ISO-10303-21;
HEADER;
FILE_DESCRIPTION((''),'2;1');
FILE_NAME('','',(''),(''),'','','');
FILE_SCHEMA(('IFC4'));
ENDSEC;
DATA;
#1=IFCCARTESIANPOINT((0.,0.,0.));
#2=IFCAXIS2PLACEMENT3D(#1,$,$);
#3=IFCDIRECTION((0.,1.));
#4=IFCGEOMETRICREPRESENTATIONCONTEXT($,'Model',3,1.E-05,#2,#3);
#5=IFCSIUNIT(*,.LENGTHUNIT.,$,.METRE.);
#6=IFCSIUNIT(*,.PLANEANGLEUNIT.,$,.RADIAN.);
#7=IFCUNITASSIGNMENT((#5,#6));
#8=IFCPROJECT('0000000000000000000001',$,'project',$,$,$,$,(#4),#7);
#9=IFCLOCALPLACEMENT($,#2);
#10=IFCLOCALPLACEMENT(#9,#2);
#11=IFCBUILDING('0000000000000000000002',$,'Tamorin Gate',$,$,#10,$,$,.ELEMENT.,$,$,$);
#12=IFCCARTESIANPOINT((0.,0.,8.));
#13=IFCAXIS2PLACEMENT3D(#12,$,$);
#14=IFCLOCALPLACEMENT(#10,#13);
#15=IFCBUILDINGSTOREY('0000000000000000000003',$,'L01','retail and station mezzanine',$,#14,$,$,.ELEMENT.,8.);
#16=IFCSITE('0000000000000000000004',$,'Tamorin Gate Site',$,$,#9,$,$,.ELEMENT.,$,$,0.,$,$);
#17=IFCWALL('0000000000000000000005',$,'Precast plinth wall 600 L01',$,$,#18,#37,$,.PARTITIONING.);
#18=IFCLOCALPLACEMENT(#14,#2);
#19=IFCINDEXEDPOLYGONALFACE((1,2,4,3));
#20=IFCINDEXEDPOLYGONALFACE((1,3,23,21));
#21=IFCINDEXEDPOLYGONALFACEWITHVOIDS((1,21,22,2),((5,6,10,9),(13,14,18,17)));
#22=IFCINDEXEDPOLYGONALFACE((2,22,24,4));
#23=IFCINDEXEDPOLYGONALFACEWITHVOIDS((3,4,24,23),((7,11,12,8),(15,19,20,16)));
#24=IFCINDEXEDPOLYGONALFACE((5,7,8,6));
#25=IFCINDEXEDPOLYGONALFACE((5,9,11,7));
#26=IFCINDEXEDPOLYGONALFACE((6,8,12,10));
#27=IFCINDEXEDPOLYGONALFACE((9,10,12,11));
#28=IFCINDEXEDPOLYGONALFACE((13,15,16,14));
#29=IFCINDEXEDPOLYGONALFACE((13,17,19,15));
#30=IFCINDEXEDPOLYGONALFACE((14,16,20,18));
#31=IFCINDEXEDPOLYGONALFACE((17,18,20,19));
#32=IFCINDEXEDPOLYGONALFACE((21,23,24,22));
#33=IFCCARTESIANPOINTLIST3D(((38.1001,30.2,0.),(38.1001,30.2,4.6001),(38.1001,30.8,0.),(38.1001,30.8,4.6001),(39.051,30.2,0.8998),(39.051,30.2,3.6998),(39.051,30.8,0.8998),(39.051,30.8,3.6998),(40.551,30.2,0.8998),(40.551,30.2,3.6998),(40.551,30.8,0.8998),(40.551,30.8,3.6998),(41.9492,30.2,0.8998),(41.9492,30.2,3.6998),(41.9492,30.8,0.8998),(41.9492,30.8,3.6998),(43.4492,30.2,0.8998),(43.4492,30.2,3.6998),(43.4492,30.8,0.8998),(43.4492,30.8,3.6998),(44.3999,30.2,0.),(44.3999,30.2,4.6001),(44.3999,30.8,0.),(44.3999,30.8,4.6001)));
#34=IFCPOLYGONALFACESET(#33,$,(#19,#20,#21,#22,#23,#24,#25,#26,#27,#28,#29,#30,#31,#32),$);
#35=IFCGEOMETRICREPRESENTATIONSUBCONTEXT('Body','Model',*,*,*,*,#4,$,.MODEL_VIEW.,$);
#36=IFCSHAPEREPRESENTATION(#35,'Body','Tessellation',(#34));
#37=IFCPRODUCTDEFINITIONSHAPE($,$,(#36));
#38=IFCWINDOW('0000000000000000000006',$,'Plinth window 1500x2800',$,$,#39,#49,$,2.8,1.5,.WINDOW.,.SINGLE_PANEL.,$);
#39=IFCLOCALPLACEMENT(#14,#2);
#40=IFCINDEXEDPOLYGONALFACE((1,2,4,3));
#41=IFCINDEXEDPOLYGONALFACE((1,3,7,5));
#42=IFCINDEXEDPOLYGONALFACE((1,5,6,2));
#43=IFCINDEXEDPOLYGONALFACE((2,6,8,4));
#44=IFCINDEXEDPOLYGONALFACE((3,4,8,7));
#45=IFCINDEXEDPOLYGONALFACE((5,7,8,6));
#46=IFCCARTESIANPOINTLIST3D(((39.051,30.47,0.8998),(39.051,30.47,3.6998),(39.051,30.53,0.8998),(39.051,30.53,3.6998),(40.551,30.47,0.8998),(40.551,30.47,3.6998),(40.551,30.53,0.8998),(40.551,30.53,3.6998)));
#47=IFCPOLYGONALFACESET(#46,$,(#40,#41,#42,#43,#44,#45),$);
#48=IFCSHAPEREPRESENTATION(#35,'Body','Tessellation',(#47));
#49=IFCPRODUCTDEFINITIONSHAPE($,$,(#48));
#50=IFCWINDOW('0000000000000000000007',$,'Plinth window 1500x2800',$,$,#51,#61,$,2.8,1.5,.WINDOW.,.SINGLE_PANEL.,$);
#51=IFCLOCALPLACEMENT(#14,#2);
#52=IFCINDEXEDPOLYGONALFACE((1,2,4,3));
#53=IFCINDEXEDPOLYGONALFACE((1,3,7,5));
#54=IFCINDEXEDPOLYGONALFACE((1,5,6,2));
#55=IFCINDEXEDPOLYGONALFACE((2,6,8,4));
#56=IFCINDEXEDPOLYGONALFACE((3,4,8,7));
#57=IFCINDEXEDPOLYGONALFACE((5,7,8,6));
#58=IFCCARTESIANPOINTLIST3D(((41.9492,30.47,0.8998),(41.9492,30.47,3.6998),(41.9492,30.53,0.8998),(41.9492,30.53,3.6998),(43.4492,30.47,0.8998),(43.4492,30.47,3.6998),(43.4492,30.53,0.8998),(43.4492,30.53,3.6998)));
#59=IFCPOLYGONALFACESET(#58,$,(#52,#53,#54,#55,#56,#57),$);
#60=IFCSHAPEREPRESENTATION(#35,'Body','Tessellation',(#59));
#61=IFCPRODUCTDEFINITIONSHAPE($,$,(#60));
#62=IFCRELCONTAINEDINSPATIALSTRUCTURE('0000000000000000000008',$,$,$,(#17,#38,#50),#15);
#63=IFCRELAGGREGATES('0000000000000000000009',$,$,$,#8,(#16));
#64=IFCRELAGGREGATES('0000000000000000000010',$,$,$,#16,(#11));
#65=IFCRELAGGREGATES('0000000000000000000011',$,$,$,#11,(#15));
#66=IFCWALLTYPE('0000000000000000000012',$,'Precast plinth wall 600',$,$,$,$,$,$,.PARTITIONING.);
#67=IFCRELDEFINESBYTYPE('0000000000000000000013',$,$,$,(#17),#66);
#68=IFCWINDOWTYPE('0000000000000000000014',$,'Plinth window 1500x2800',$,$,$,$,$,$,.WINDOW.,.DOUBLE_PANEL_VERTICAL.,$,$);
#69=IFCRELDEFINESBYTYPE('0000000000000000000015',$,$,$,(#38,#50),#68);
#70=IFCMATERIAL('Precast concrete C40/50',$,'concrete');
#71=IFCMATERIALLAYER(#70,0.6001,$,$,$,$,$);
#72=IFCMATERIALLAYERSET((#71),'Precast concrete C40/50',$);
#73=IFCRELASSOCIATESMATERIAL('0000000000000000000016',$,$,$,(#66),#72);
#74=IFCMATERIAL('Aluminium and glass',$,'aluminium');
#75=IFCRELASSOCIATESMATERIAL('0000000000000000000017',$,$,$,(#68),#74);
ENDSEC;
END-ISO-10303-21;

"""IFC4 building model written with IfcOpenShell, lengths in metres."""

from ifc_helpers import new_model, si_unit, direction, frame, frame_2d, origin, place, context, subcontext, project, spatial, rectangle, extrude, material, layer, layer_set, type_object, element, fill, save


model = new_model("IFC4")

# Units and contexts
model_context = context("Model", 3, precision=1e-05, world=origin(), true_north=direction((0.0, 1.0)))
body_context = subcontext(model_context, "Body", "Model", "MODEL_VIEW")
ifc_project = project(units=[si_unit("LENGTHUNIT", "METRE"), si_unit("PLANEANGLEUNIT", "RADIAN")], contexts=[model_context])

# Site, building, storey
site_placement = place(None, origin())
site = spatial("IfcSite", under=ifc_project, at=site_placement, Name="Tamorin Gate Site", CompositionType="ELEMENT", RefElevation=0.0)
building_placement = place(site_placement, origin())
building = spatial("IfcBuilding", under=site, at=building_placement, Name="Tamorin Gate", CompositionType="ELEMENT")
storey_placement = place(building_placement, frame((0.0, 0.0, 8.0)))
storey = spatial("IfcBuildingStorey", under=building, at=storey_placement, Name="L01", Description="retail and station mezzanine", CompositionType="ELEMENT", Elevation=8.0)

# Wall, openings, windows
ifc_material_1 = material(Name="Precast concrete C40/50", Category="concrete")
ifc_layer_1 = layer(ifc_material_1, 0.6001)
ifc_layer_set_1 = layer_set([ifc_layer_1], Name="Precast concrete C40/50")
wall_type_1 = type_object("IfcWallType", Name="Precast plinth wall 600", PredefinedType="PARTITIONING", material=ifc_layer_set_1)
wall_1_placement = place(storey_placement, frame((38.1001, 30.5, 0.0), z_axis=(0.0, 0.0, 1.0), x_axis=(1.0, 0.0, 0.0)))
wall_1 = element("IfcWall", 1, at=wall_1_placement, inside=storey, type_object=wall_type_1, Name="Precast plinth wall 600 L01", PredefinedType="PARTITIONING", context=body_context, shape_type="SweptSolid", body=[
    extrude(rectangle(XDim=6.2998, YDim=0.6001, at=frame_2d((3.1499, 0.0))), origin(), (0.0, 0.0, 1.0), 4.6001),
])
opening_1_placement = place(wall_1_placement, frame((0.9509, 0.0, 0.8999)))
opening_1 = element("IfcOpeningElement", 2, at=opening_1_placement, cuts=wall_1, PredefinedType="OPENING", context=body_context, shape_type="SweptSolid", body=[
    extrude(rectangle(XDim=1.5, YDim=2.8, at=frame_2d((0.75, 1.3999))), frame((0.0, 0.3101, 0.0), z_axis=(0.0, -1.0, 0.0), x_axis=(1.0, 0.0, 0.0)), (0.0, 0.0, 1.0), 0.6201),
])
opening_2_placement = place(wall_1_placement, frame((3.8491, 0.0, 0.8999)))
opening_2 = element("IfcOpeningElement", 3, at=opening_2_placement, cuts=wall_1, PredefinedType="OPENING", context=body_context, shape_type="SweptSolid", body=[
    extrude(rectangle(XDim=1.5, YDim=2.8, at=frame_2d((0.75, 1.3999))), frame((0.0, 0.3101, 0.0), z_axis=(0.0, -1.0, 0.0), x_axis=(1.0, 0.0, 0.0)), (0.0, 0.0, 1.0), 0.6201),
])
ifc_material_2 = material(Name="Aluminium and glass", Category="aluminium")
window_type = type_object("IfcWindowType", Name="Plinth window 1500x2800", PartitioningType="DOUBLE_PANEL_VERTICAL", PredefinedType="WINDOW", material=ifc_material_2)
window_1_placement = place(opening_1_placement, origin())
window_1 = element("IfcWindow", 4, at=window_1_placement, inside=storey, type_object=window_type, Name="Plinth window 1500x2800", OverallHeight=2.8, OverallWidth=1.5, PartitioningType="SINGLE_PANEL", PredefinedType="WINDOW", context=body_context, shape_type="SweptSolid", body=[
    extrude(rectangle(XDim=1.5, YDim=2.8, at=frame_2d((0.75, 1.3999))), frame((0.0, 0.03, 0.0), z_axis=(0.0, -1.0, 0.0), x_axis=(1.0, 0.0, 0.0)), (0.0, 0.0, 1.0), 0.0601),
])
fill(opening_1, window_1)
window_2_placement = place(opening_2_placement, origin())
window_2 = element("IfcWindow", 5, at=window_2_placement, inside=storey, type_object=window_type, Name="Plinth window 1500x2800", OverallHeight=2.8, OverallWidth=1.5, PartitioningType="SINGLE_PANEL", PredefinedType="WINDOW", context=body_context, shape_type="SweptSolid", body=[
    extrude(rectangle(XDim=1.5, YDim=2.8, at=frame_2d((0.75, 1.3999))), frame((0.0, 0.03, 0.0), z_axis=(0.0, -1.0, 0.0), x_axis=(1.0, 0.0, 0.0)), (0.0, 0.0, 1.0), 0.0601),
])
fill(opening_2, window_2)

save(model, "model.ifc")
